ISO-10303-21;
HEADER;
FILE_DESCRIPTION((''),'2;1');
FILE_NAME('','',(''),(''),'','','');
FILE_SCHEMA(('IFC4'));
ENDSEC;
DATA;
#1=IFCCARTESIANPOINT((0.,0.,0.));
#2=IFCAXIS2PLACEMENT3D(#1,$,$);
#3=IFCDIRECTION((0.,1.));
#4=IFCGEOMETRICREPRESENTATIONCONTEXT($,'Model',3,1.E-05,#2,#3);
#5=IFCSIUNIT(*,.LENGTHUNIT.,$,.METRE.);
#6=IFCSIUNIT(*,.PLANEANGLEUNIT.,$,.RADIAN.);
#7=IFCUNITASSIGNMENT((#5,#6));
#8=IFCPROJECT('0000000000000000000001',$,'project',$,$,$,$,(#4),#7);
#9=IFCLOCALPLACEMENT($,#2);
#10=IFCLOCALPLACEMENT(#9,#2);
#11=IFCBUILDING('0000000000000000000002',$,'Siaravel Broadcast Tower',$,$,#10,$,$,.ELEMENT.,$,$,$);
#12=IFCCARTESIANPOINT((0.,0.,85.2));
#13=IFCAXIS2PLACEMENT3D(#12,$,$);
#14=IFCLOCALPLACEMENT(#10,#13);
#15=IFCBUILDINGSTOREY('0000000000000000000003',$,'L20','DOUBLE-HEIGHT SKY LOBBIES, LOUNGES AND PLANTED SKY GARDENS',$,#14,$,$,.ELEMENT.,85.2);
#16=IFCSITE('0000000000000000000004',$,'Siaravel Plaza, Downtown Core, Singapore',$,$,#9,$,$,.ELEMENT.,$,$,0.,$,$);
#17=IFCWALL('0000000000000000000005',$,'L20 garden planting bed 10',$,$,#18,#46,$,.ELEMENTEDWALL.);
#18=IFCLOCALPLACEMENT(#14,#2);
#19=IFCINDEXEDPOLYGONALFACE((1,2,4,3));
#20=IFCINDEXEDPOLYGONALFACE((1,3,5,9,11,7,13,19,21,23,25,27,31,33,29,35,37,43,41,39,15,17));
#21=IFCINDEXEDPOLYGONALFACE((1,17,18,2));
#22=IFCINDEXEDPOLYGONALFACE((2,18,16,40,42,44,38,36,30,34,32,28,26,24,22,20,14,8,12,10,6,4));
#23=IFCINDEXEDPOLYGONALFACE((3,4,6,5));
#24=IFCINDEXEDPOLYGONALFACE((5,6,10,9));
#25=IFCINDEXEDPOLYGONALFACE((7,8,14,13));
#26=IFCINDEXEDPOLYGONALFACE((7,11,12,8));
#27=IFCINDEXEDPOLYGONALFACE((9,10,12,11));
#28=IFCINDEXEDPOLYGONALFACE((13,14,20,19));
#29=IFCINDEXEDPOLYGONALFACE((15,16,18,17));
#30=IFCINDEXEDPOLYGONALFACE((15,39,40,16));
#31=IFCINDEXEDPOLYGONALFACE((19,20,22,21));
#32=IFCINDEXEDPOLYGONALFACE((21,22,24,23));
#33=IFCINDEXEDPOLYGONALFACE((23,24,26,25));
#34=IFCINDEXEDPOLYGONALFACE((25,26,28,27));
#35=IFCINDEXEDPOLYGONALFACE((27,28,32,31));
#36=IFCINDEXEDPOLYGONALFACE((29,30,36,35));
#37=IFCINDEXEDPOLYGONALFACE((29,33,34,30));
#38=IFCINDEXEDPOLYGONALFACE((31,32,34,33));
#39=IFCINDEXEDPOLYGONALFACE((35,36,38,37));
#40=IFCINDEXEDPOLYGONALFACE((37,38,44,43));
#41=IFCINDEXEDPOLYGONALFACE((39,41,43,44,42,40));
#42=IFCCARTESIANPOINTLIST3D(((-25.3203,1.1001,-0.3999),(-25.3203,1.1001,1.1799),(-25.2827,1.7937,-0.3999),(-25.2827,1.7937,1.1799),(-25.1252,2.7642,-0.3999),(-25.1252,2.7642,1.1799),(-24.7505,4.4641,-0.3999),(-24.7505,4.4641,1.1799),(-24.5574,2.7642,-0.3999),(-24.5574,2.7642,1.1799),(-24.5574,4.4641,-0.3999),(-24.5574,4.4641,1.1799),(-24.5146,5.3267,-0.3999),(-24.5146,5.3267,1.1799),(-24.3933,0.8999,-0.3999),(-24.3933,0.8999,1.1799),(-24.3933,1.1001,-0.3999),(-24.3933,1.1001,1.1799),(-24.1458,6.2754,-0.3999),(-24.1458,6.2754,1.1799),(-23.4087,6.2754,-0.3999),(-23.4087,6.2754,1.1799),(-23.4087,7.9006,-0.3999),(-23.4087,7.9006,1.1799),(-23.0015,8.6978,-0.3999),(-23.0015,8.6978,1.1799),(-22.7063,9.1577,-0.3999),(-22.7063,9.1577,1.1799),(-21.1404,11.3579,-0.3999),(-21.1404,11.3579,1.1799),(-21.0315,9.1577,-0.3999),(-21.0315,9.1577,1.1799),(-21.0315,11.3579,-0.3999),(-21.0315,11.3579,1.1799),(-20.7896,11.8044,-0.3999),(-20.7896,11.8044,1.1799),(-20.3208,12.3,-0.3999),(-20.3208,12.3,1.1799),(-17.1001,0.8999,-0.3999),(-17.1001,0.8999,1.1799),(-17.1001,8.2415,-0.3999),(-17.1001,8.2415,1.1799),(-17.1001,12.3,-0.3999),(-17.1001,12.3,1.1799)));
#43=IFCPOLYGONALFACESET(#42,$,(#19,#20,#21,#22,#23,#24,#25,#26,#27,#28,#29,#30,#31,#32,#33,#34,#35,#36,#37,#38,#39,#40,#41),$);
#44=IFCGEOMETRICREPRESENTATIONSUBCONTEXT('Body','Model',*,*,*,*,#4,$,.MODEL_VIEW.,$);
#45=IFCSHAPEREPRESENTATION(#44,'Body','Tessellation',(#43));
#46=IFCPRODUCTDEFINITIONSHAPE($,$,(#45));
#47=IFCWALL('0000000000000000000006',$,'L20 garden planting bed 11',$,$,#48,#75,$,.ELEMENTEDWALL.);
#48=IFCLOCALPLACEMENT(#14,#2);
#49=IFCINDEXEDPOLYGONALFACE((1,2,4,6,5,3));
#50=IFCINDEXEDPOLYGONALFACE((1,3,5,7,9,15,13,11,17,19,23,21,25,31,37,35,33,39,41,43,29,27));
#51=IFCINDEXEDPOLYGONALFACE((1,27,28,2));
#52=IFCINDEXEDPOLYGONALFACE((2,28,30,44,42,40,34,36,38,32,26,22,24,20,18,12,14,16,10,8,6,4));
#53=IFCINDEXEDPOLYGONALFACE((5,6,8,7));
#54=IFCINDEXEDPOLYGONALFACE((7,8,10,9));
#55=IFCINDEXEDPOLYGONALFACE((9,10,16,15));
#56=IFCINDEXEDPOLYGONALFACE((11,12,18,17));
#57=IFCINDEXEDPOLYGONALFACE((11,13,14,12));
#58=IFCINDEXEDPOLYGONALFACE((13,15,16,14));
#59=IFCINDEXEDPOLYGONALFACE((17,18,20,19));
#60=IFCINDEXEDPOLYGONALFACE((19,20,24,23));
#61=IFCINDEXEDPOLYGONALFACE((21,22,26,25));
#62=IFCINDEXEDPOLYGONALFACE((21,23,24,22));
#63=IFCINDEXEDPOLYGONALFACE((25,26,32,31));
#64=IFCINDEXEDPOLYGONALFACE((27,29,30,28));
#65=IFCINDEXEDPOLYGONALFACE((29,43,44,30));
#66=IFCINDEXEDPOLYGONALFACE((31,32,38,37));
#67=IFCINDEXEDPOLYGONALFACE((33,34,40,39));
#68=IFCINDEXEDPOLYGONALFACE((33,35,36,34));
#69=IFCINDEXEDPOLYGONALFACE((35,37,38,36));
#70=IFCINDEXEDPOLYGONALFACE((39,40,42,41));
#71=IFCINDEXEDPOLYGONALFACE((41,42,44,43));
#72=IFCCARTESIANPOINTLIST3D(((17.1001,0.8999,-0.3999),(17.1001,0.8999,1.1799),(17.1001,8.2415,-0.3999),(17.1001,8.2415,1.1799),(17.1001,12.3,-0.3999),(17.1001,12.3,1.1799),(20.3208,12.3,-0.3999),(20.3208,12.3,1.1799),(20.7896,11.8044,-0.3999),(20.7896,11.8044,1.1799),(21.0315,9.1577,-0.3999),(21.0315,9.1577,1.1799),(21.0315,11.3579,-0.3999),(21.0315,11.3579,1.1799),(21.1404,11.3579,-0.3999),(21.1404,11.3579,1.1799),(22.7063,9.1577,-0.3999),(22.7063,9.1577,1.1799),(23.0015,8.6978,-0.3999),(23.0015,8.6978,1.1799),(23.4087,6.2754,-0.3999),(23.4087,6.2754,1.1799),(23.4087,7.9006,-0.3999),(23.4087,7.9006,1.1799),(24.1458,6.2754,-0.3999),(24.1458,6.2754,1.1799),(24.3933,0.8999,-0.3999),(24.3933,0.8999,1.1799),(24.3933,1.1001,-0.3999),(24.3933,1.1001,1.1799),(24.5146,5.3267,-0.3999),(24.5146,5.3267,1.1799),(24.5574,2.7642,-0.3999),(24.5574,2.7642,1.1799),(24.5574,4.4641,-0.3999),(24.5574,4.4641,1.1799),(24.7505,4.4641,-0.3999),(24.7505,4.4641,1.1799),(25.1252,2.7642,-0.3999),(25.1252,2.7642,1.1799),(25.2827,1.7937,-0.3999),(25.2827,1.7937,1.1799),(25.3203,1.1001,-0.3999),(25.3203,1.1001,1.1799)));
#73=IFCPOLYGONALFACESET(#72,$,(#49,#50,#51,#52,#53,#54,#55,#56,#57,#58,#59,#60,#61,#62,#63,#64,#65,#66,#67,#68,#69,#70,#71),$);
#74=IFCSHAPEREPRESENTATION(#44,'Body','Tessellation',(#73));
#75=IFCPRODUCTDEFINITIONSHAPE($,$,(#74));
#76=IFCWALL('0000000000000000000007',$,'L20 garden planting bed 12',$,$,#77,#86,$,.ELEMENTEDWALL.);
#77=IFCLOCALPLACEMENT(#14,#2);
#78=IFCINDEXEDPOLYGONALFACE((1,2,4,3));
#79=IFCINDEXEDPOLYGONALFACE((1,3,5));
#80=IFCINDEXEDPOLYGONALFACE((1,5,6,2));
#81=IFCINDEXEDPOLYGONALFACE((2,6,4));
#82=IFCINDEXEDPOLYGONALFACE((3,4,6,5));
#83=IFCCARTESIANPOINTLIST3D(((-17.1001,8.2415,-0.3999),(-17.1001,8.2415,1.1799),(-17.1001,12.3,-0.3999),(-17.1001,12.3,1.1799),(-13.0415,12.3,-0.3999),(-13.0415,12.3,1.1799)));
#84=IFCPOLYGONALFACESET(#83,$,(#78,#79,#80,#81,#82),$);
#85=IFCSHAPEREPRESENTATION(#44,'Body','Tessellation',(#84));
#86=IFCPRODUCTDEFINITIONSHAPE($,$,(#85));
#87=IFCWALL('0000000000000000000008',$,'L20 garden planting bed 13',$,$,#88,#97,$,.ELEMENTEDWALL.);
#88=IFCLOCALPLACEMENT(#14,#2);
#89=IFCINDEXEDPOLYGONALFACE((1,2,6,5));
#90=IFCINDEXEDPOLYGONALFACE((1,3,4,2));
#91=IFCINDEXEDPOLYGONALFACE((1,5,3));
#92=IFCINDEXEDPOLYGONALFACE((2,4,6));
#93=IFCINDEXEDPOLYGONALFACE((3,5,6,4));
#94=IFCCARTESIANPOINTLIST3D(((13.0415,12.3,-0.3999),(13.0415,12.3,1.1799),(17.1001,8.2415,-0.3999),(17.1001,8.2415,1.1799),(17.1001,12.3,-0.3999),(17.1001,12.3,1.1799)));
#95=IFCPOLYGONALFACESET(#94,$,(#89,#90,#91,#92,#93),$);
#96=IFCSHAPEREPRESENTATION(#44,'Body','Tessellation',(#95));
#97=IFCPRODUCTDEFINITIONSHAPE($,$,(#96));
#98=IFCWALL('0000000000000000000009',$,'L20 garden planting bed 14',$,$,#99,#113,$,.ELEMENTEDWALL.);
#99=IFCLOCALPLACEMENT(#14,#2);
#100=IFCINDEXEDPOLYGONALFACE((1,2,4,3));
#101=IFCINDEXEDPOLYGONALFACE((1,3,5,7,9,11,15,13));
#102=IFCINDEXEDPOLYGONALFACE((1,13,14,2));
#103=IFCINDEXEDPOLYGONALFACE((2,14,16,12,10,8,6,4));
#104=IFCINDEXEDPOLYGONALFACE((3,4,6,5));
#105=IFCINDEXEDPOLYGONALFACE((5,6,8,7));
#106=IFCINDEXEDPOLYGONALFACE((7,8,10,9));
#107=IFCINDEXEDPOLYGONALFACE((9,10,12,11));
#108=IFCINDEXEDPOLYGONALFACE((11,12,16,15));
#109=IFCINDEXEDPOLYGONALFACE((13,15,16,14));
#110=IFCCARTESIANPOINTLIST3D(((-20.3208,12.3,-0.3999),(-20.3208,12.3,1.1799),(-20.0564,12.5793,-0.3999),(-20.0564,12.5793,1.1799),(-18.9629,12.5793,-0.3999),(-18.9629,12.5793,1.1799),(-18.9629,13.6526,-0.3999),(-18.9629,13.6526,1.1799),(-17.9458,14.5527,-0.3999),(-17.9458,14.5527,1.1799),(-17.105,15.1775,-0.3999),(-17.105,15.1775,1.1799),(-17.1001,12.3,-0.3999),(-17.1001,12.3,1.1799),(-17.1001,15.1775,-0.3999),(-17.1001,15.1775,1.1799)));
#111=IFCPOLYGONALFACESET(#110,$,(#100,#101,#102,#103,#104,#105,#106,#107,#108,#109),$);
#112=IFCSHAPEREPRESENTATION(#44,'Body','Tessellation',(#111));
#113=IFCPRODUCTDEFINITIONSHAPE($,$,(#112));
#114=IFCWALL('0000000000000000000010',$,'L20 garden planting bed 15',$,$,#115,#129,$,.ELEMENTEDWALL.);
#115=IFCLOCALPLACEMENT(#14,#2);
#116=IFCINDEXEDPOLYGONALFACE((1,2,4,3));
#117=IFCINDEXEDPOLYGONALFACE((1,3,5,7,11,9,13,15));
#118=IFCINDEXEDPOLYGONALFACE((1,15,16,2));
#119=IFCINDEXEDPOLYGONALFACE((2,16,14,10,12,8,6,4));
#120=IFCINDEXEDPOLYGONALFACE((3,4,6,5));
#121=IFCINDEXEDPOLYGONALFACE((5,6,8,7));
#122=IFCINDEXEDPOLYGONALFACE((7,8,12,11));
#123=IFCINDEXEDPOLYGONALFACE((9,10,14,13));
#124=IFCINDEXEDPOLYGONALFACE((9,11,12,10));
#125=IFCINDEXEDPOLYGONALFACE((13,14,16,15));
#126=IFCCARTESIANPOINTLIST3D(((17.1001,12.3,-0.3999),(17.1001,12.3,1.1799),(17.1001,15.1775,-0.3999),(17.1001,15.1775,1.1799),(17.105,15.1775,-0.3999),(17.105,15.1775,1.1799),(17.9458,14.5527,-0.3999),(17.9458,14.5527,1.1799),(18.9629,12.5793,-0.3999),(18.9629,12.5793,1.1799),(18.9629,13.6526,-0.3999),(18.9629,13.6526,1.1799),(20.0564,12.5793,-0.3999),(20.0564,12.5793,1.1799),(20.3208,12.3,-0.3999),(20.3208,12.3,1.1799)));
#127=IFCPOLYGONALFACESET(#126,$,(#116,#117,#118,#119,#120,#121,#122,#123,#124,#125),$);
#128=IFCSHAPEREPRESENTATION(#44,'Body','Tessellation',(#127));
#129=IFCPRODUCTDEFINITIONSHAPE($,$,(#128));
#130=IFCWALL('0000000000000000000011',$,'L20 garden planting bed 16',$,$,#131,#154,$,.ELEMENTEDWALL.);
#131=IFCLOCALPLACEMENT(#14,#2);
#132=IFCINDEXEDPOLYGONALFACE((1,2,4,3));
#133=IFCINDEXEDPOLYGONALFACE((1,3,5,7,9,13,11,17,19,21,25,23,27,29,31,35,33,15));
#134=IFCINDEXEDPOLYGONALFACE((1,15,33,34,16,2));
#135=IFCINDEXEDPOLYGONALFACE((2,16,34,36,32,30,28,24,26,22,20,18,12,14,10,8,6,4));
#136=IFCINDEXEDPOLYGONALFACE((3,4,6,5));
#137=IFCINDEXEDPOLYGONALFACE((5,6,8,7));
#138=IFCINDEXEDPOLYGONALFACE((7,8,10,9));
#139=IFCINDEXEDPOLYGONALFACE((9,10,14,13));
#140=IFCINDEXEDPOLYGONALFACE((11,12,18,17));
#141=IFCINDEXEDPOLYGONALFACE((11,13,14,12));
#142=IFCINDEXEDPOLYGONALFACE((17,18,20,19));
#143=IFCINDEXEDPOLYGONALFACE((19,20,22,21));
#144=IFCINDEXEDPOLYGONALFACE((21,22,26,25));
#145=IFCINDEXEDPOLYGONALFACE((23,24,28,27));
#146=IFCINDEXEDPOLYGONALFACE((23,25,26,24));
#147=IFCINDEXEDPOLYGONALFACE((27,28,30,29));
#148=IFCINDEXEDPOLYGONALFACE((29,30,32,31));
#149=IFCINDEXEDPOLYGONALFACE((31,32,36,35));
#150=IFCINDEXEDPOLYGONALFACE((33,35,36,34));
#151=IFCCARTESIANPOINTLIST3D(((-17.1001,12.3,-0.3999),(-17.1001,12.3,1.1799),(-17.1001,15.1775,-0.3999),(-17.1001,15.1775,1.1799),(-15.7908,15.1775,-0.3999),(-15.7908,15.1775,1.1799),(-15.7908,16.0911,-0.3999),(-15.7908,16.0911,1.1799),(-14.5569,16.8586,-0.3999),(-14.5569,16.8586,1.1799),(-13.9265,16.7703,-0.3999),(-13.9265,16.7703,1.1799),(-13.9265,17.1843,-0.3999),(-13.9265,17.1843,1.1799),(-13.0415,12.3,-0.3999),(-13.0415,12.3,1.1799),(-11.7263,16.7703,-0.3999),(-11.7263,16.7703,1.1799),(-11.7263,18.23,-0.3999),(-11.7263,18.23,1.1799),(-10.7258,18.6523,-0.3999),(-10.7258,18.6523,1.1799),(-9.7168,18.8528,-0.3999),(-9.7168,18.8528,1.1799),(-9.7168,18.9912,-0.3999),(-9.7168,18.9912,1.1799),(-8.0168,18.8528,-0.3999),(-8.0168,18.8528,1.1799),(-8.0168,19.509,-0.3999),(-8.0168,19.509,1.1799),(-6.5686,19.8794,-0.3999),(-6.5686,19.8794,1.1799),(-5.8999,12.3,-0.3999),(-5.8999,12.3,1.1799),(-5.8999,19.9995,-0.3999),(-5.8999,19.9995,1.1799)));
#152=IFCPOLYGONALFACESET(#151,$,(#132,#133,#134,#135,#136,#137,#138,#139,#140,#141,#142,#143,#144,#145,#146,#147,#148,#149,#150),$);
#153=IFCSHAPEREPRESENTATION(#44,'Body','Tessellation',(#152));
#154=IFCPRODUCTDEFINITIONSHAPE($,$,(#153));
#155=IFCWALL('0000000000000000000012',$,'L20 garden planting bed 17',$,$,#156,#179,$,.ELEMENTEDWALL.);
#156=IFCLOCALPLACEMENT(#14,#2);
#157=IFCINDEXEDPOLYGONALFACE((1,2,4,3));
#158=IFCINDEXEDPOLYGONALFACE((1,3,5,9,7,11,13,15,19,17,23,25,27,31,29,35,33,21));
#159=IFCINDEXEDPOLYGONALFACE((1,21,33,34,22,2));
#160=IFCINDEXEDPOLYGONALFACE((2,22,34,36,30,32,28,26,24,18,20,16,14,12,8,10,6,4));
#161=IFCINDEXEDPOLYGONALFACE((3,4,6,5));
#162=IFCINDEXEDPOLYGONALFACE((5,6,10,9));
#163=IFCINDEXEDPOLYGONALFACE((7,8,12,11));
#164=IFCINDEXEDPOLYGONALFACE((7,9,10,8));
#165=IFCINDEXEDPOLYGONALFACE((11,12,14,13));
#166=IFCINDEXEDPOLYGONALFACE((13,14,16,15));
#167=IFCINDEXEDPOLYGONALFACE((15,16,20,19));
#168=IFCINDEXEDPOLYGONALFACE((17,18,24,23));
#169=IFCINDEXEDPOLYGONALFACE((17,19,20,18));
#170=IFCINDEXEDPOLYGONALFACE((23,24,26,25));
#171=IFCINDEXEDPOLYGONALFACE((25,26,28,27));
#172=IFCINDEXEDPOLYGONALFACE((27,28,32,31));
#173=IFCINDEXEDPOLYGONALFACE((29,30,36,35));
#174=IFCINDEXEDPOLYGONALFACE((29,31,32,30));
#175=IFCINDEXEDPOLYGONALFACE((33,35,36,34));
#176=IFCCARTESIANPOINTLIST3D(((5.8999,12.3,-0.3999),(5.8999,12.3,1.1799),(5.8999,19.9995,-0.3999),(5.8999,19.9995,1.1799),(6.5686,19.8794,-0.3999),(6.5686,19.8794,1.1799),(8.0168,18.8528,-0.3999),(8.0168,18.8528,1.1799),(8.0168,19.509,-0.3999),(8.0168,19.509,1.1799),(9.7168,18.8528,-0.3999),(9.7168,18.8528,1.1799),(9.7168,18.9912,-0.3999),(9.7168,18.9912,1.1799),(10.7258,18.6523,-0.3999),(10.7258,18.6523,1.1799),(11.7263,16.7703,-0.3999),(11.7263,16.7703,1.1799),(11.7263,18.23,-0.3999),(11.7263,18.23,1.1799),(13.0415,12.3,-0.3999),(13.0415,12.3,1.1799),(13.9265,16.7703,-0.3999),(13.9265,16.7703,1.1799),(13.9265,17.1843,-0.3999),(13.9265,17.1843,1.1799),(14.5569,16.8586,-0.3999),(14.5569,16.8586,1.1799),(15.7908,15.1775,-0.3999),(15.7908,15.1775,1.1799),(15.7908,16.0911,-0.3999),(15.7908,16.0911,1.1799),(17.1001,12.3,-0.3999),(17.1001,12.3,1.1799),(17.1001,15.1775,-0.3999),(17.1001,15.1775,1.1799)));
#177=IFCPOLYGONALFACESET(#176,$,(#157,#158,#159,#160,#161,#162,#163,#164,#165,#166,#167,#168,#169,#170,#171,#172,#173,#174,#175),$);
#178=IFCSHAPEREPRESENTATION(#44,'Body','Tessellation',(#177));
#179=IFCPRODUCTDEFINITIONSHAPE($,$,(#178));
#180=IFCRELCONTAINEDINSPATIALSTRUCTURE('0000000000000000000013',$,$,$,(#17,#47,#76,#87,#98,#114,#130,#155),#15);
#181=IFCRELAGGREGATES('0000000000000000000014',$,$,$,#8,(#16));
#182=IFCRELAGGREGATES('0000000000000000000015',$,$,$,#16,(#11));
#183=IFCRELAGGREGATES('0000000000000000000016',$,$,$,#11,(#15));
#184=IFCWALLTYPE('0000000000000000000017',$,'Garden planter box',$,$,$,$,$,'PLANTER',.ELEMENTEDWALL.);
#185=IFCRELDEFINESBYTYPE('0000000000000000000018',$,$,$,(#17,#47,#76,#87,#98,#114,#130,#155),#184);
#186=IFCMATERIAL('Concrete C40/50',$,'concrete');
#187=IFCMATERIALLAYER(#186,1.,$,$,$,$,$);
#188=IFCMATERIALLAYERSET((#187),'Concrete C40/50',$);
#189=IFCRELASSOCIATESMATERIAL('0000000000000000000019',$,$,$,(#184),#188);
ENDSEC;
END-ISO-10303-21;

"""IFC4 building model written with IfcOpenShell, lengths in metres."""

from ifc_helpers import new_model, si_unit, direction, frame, origin, place, context, subcontext, project, spatial, polyline, outline, extrude, material, layer, layer_set, type_object, element, save


model = new_model("IFC4")

# Units and contexts
model_context = context("Model", 3, precision=1e-05, world=origin(), true_north=direction((0.0, 1.0)))
body_context = subcontext(model_context, "Body", "Model", "MODEL_VIEW")
ifc_project = project(units=[si_unit("LENGTHUNIT", "METRE"), si_unit("PLANEANGLEUNIT", "RADIAN")], contexts=[model_context])

# Site, building, storey
site_placement = place(None, origin())
site = spatial("IfcSite", under=ifc_project, at=site_placement, Name="Siaravel Plaza, Downtown Core, Singapore", CompositionType="ELEMENT", RefElevation=0.0)
building_placement = place(site_placement, origin())
building = spatial("IfcBuilding", under=site, at=building_placement, Name="Siaravel Broadcast Tower", CompositionType="ELEMENT")
storey_placement = place(building_placement, frame((0.0, 0.0, 85.2)))
storey = spatial("IfcBuildingStorey", under=building, at=storey_placement, Name="L20", Description="DOUBLE-HEIGHT SKY LOBBIES, LOUNGES AND PLANTED SKY GARDENS", CompositionType="ELEMENT", Elevation=85.2)

# Shared definitions
ifc_material_1 = material(Name="Concrete C40/50", Category="concrete")

# Walls
ifc_layer_1 = layer(ifc_material_1, 1.0)
ifc_layer_set_1 = layer_set([ifc_layer_1], Name="Concrete C40/50")
wall_type_1 = type_object("IfcWallType", Name="Garden planter box", ElementType="PLANTER", PredefinedType="ELEMENTEDWALL", material=ifc_layer_set_1)
wall_1_placement = place(storey_placement, frame((0.0, 0.0, -0.3999)))
element("IfcWall", 1, at=wall_1_placement, inside=storey, type_object=wall_type_1, Name="L20 garden planting bed 10", PredefinedType="ELEMENTEDWALL", context=body_context, shape_type="SweptSolid", body=[
    extrude(outline(polyline([(-25.1252, 2.7642), (-25.2827, 1.7937), (-25.3203, 1.1001), (-24.3933, 1.1001), (-24.3933, 0.8999), (-17.1001, 0.8999), (-17.1001, 8.2415), (-17.1001, 12.3), (-20.3208, 12.3), (-20.7896, 11.8044), (-21.1404, 11.3579), (-21.0315, 11.3579), (-21.0315, 9.1577), (-22.7063, 9.1577), (-23.0015, 8.6978), (-23.4087, 7.9006), (-23.4087, 6.2754), (-24.1458, 6.2754), (-24.5146, 5.3267), (-24.7505, 4.4641), (-24.5574, 4.4641), (-24.5574, 2.7642), (-25.1252, 2.7642)])), origin(), (0.0, 0.0, 1.0), 1.5798),
])
wall_2_placement = place(storey_placement, frame((0.0, 0.0, -0.3999)))
element("IfcWall", 2, at=wall_2_placement, inside=storey, type_object=wall_type_1, Name="L20 garden planting bed 11", PredefinedType="ELEMENTEDWALL", context=body_context, shape_type="SweptSolid", body=[
    extrude(outline(polyline([(20.3208, 12.3), (17.1001, 12.3), (17.1001, 8.2415), (17.1001, 0.8999), (24.3933, 0.8999), (24.3933, 1.1001), (25.3203, 1.1001), (25.2827, 1.7937), (25.1252, 2.7642), (24.5574, 2.7642), (24.5574, 4.4641), (24.7505, 4.4641), (24.5146, 5.3267), (24.1458, 6.2754), (23.4087, 6.2754), (23.4087, 7.9006), (23.0015, 8.6978), (22.7063, 9.1577), (21.0315, 9.1577), (21.0315, 11.3579), (21.1404, 11.3579), (20.7896, 11.8044), (20.3208, 12.3)])), origin(), (0.0, 0.0, 1.0), 1.5798),
])
wall_3_placement = place(storey_placement, frame((0.0, 0.0, -0.3999)))
element("IfcWall", 3, at=wall_3_placement, inside=storey, type_object=wall_type_1, Name="L20 garden planting bed 12", PredefinedType="ELEMENTEDWALL", context=body_context, shape_type="SweptSolid", body=[
    extrude(outline(polyline([(-13.0415, 12.3), (-17.1001, 12.3), (-17.1001, 8.2415), (-13.0415, 12.3)])), origin(), (0.0, 0.0, 1.0), 1.5798),
])
wall_4_placement = place(storey_placement, frame((0.0, 0.0, -0.3999)))
element("IfcWall", 4, at=wall_4_placement, inside=storey, type_object=wall_type_1, Name="L20 garden planting bed 13", PredefinedType="ELEMENTEDWALL", context=body_context, shape_type="SweptSolid", body=[
    extrude(outline(polyline([(17.1001, 8.2415), (17.1001, 12.3), (13.0415, 12.3), (17.1001, 8.2415)])), origin(), (0.0, 0.0, 1.0), 1.5798),
])
wall_5_placement = place(storey_placement, frame((0.0, 0.0, -0.3999)))
element("IfcWall", 5, at=wall_5_placement, inside=storey, type_object=wall_type_1, Name="L20 garden planting bed 14", PredefinedType="ELEMENTEDWALL", context=body_context, shape_type="SweptSolid", body=[
    extrude(outline(polyline([(-20.3208, 12.3), (-17.1001, 12.3), (-17.1001, 15.1775), (-17.105, 15.1775), (-17.9458, 14.5527), (-18.9629, 13.6526), (-18.9629, 12.5793), (-20.0564, 12.5793), (-20.3208, 12.3)])), origin(), (0.0, 0.0, 1.0), 1.5798),
])
wall_6_placement = place(storey_placement, frame((0.0, 0.0, -0.3999)))
element("IfcWall", 6, at=wall_6_placement, inside=storey, type_object=wall_type_1, Name="L20 garden planting bed 15", PredefinedType="ELEMENTEDWALL", context=body_context, shape_type="SweptSolid", body=[
    extrude(outline(polyline([(17.1001, 15.1775), (17.1001, 12.3), (20.3208, 12.3), (20.0564, 12.5793), (18.9629, 12.5793), (18.9629, 13.6526), (17.9458, 14.5527), (17.105, 15.1775), (17.1001, 15.1775)])), origin(), (0.0, 0.0, 1.0), 1.5798),
])
wall_7_placement = place(storey_placement, frame((0.0, 0.0, -0.3999)))
element("IfcWall", 7, at=wall_7_placement, inside=storey, type_object=wall_type_1, Name="L20 garden planting bed 16", PredefinedType="ELEMENTEDWALL", context=body_context, shape_type="SweptSolid", body=[
    extrude(outline(polyline([(-17.1001, 15.1775), (-17.1001, 12.3), (-13.0415, 12.3), (-5.8999, 12.3), (-5.8999, 19.9995), (-6.5686, 19.8794), (-8.0168, 19.509), (-8.0168, 18.8528), (-9.7168, 18.8528), (-9.7168, 18.9912), (-10.7258, 18.6523), (-11.7263, 18.23), (-11.7263, 16.7703), (-13.9265, 16.7703), (-13.9265, 17.1843), (-14.5569, 16.8586), (-15.7908, 16.0911), (-15.7908, 15.1775), (-17.1001, 15.1775)])), origin(), (0.0, 0.0, 1.0), 1.5798),
])
wall_8_placement = place(storey_placement, frame((0.0, 0.0, -0.3999)))
element("IfcWall", 8, at=wall_8_placement, inside=storey, type_object=wall_type_1, Name="L20 garden planting bed 17", PredefinedType="ELEMENTEDWALL", context=body_context, shape_type="SweptSolid", body=[
    extrude(outline(polyline([(8.0168, 19.509), (6.5686, 19.8794), (5.8999, 19.9995), (5.8999, 12.3), (13.0415, 12.3), (17.1001, 12.3), (17.1001, 15.1775), (15.7908, 15.1775), (15.7908, 16.0911), (14.5569, 16.8586), (13.9265, 17.1843), (13.9265, 16.7703), (11.7263, 16.7703), (11.7263, 18.23), (10.7258, 18.6523), (9.7168, 18.9912), (9.7168, 18.8528), (8.0168, 18.8528), (8.0168, 19.509)])), origin(), (0.0, 0.0, 1.0), 1.5798),
])

save(model, "model.ifc")
